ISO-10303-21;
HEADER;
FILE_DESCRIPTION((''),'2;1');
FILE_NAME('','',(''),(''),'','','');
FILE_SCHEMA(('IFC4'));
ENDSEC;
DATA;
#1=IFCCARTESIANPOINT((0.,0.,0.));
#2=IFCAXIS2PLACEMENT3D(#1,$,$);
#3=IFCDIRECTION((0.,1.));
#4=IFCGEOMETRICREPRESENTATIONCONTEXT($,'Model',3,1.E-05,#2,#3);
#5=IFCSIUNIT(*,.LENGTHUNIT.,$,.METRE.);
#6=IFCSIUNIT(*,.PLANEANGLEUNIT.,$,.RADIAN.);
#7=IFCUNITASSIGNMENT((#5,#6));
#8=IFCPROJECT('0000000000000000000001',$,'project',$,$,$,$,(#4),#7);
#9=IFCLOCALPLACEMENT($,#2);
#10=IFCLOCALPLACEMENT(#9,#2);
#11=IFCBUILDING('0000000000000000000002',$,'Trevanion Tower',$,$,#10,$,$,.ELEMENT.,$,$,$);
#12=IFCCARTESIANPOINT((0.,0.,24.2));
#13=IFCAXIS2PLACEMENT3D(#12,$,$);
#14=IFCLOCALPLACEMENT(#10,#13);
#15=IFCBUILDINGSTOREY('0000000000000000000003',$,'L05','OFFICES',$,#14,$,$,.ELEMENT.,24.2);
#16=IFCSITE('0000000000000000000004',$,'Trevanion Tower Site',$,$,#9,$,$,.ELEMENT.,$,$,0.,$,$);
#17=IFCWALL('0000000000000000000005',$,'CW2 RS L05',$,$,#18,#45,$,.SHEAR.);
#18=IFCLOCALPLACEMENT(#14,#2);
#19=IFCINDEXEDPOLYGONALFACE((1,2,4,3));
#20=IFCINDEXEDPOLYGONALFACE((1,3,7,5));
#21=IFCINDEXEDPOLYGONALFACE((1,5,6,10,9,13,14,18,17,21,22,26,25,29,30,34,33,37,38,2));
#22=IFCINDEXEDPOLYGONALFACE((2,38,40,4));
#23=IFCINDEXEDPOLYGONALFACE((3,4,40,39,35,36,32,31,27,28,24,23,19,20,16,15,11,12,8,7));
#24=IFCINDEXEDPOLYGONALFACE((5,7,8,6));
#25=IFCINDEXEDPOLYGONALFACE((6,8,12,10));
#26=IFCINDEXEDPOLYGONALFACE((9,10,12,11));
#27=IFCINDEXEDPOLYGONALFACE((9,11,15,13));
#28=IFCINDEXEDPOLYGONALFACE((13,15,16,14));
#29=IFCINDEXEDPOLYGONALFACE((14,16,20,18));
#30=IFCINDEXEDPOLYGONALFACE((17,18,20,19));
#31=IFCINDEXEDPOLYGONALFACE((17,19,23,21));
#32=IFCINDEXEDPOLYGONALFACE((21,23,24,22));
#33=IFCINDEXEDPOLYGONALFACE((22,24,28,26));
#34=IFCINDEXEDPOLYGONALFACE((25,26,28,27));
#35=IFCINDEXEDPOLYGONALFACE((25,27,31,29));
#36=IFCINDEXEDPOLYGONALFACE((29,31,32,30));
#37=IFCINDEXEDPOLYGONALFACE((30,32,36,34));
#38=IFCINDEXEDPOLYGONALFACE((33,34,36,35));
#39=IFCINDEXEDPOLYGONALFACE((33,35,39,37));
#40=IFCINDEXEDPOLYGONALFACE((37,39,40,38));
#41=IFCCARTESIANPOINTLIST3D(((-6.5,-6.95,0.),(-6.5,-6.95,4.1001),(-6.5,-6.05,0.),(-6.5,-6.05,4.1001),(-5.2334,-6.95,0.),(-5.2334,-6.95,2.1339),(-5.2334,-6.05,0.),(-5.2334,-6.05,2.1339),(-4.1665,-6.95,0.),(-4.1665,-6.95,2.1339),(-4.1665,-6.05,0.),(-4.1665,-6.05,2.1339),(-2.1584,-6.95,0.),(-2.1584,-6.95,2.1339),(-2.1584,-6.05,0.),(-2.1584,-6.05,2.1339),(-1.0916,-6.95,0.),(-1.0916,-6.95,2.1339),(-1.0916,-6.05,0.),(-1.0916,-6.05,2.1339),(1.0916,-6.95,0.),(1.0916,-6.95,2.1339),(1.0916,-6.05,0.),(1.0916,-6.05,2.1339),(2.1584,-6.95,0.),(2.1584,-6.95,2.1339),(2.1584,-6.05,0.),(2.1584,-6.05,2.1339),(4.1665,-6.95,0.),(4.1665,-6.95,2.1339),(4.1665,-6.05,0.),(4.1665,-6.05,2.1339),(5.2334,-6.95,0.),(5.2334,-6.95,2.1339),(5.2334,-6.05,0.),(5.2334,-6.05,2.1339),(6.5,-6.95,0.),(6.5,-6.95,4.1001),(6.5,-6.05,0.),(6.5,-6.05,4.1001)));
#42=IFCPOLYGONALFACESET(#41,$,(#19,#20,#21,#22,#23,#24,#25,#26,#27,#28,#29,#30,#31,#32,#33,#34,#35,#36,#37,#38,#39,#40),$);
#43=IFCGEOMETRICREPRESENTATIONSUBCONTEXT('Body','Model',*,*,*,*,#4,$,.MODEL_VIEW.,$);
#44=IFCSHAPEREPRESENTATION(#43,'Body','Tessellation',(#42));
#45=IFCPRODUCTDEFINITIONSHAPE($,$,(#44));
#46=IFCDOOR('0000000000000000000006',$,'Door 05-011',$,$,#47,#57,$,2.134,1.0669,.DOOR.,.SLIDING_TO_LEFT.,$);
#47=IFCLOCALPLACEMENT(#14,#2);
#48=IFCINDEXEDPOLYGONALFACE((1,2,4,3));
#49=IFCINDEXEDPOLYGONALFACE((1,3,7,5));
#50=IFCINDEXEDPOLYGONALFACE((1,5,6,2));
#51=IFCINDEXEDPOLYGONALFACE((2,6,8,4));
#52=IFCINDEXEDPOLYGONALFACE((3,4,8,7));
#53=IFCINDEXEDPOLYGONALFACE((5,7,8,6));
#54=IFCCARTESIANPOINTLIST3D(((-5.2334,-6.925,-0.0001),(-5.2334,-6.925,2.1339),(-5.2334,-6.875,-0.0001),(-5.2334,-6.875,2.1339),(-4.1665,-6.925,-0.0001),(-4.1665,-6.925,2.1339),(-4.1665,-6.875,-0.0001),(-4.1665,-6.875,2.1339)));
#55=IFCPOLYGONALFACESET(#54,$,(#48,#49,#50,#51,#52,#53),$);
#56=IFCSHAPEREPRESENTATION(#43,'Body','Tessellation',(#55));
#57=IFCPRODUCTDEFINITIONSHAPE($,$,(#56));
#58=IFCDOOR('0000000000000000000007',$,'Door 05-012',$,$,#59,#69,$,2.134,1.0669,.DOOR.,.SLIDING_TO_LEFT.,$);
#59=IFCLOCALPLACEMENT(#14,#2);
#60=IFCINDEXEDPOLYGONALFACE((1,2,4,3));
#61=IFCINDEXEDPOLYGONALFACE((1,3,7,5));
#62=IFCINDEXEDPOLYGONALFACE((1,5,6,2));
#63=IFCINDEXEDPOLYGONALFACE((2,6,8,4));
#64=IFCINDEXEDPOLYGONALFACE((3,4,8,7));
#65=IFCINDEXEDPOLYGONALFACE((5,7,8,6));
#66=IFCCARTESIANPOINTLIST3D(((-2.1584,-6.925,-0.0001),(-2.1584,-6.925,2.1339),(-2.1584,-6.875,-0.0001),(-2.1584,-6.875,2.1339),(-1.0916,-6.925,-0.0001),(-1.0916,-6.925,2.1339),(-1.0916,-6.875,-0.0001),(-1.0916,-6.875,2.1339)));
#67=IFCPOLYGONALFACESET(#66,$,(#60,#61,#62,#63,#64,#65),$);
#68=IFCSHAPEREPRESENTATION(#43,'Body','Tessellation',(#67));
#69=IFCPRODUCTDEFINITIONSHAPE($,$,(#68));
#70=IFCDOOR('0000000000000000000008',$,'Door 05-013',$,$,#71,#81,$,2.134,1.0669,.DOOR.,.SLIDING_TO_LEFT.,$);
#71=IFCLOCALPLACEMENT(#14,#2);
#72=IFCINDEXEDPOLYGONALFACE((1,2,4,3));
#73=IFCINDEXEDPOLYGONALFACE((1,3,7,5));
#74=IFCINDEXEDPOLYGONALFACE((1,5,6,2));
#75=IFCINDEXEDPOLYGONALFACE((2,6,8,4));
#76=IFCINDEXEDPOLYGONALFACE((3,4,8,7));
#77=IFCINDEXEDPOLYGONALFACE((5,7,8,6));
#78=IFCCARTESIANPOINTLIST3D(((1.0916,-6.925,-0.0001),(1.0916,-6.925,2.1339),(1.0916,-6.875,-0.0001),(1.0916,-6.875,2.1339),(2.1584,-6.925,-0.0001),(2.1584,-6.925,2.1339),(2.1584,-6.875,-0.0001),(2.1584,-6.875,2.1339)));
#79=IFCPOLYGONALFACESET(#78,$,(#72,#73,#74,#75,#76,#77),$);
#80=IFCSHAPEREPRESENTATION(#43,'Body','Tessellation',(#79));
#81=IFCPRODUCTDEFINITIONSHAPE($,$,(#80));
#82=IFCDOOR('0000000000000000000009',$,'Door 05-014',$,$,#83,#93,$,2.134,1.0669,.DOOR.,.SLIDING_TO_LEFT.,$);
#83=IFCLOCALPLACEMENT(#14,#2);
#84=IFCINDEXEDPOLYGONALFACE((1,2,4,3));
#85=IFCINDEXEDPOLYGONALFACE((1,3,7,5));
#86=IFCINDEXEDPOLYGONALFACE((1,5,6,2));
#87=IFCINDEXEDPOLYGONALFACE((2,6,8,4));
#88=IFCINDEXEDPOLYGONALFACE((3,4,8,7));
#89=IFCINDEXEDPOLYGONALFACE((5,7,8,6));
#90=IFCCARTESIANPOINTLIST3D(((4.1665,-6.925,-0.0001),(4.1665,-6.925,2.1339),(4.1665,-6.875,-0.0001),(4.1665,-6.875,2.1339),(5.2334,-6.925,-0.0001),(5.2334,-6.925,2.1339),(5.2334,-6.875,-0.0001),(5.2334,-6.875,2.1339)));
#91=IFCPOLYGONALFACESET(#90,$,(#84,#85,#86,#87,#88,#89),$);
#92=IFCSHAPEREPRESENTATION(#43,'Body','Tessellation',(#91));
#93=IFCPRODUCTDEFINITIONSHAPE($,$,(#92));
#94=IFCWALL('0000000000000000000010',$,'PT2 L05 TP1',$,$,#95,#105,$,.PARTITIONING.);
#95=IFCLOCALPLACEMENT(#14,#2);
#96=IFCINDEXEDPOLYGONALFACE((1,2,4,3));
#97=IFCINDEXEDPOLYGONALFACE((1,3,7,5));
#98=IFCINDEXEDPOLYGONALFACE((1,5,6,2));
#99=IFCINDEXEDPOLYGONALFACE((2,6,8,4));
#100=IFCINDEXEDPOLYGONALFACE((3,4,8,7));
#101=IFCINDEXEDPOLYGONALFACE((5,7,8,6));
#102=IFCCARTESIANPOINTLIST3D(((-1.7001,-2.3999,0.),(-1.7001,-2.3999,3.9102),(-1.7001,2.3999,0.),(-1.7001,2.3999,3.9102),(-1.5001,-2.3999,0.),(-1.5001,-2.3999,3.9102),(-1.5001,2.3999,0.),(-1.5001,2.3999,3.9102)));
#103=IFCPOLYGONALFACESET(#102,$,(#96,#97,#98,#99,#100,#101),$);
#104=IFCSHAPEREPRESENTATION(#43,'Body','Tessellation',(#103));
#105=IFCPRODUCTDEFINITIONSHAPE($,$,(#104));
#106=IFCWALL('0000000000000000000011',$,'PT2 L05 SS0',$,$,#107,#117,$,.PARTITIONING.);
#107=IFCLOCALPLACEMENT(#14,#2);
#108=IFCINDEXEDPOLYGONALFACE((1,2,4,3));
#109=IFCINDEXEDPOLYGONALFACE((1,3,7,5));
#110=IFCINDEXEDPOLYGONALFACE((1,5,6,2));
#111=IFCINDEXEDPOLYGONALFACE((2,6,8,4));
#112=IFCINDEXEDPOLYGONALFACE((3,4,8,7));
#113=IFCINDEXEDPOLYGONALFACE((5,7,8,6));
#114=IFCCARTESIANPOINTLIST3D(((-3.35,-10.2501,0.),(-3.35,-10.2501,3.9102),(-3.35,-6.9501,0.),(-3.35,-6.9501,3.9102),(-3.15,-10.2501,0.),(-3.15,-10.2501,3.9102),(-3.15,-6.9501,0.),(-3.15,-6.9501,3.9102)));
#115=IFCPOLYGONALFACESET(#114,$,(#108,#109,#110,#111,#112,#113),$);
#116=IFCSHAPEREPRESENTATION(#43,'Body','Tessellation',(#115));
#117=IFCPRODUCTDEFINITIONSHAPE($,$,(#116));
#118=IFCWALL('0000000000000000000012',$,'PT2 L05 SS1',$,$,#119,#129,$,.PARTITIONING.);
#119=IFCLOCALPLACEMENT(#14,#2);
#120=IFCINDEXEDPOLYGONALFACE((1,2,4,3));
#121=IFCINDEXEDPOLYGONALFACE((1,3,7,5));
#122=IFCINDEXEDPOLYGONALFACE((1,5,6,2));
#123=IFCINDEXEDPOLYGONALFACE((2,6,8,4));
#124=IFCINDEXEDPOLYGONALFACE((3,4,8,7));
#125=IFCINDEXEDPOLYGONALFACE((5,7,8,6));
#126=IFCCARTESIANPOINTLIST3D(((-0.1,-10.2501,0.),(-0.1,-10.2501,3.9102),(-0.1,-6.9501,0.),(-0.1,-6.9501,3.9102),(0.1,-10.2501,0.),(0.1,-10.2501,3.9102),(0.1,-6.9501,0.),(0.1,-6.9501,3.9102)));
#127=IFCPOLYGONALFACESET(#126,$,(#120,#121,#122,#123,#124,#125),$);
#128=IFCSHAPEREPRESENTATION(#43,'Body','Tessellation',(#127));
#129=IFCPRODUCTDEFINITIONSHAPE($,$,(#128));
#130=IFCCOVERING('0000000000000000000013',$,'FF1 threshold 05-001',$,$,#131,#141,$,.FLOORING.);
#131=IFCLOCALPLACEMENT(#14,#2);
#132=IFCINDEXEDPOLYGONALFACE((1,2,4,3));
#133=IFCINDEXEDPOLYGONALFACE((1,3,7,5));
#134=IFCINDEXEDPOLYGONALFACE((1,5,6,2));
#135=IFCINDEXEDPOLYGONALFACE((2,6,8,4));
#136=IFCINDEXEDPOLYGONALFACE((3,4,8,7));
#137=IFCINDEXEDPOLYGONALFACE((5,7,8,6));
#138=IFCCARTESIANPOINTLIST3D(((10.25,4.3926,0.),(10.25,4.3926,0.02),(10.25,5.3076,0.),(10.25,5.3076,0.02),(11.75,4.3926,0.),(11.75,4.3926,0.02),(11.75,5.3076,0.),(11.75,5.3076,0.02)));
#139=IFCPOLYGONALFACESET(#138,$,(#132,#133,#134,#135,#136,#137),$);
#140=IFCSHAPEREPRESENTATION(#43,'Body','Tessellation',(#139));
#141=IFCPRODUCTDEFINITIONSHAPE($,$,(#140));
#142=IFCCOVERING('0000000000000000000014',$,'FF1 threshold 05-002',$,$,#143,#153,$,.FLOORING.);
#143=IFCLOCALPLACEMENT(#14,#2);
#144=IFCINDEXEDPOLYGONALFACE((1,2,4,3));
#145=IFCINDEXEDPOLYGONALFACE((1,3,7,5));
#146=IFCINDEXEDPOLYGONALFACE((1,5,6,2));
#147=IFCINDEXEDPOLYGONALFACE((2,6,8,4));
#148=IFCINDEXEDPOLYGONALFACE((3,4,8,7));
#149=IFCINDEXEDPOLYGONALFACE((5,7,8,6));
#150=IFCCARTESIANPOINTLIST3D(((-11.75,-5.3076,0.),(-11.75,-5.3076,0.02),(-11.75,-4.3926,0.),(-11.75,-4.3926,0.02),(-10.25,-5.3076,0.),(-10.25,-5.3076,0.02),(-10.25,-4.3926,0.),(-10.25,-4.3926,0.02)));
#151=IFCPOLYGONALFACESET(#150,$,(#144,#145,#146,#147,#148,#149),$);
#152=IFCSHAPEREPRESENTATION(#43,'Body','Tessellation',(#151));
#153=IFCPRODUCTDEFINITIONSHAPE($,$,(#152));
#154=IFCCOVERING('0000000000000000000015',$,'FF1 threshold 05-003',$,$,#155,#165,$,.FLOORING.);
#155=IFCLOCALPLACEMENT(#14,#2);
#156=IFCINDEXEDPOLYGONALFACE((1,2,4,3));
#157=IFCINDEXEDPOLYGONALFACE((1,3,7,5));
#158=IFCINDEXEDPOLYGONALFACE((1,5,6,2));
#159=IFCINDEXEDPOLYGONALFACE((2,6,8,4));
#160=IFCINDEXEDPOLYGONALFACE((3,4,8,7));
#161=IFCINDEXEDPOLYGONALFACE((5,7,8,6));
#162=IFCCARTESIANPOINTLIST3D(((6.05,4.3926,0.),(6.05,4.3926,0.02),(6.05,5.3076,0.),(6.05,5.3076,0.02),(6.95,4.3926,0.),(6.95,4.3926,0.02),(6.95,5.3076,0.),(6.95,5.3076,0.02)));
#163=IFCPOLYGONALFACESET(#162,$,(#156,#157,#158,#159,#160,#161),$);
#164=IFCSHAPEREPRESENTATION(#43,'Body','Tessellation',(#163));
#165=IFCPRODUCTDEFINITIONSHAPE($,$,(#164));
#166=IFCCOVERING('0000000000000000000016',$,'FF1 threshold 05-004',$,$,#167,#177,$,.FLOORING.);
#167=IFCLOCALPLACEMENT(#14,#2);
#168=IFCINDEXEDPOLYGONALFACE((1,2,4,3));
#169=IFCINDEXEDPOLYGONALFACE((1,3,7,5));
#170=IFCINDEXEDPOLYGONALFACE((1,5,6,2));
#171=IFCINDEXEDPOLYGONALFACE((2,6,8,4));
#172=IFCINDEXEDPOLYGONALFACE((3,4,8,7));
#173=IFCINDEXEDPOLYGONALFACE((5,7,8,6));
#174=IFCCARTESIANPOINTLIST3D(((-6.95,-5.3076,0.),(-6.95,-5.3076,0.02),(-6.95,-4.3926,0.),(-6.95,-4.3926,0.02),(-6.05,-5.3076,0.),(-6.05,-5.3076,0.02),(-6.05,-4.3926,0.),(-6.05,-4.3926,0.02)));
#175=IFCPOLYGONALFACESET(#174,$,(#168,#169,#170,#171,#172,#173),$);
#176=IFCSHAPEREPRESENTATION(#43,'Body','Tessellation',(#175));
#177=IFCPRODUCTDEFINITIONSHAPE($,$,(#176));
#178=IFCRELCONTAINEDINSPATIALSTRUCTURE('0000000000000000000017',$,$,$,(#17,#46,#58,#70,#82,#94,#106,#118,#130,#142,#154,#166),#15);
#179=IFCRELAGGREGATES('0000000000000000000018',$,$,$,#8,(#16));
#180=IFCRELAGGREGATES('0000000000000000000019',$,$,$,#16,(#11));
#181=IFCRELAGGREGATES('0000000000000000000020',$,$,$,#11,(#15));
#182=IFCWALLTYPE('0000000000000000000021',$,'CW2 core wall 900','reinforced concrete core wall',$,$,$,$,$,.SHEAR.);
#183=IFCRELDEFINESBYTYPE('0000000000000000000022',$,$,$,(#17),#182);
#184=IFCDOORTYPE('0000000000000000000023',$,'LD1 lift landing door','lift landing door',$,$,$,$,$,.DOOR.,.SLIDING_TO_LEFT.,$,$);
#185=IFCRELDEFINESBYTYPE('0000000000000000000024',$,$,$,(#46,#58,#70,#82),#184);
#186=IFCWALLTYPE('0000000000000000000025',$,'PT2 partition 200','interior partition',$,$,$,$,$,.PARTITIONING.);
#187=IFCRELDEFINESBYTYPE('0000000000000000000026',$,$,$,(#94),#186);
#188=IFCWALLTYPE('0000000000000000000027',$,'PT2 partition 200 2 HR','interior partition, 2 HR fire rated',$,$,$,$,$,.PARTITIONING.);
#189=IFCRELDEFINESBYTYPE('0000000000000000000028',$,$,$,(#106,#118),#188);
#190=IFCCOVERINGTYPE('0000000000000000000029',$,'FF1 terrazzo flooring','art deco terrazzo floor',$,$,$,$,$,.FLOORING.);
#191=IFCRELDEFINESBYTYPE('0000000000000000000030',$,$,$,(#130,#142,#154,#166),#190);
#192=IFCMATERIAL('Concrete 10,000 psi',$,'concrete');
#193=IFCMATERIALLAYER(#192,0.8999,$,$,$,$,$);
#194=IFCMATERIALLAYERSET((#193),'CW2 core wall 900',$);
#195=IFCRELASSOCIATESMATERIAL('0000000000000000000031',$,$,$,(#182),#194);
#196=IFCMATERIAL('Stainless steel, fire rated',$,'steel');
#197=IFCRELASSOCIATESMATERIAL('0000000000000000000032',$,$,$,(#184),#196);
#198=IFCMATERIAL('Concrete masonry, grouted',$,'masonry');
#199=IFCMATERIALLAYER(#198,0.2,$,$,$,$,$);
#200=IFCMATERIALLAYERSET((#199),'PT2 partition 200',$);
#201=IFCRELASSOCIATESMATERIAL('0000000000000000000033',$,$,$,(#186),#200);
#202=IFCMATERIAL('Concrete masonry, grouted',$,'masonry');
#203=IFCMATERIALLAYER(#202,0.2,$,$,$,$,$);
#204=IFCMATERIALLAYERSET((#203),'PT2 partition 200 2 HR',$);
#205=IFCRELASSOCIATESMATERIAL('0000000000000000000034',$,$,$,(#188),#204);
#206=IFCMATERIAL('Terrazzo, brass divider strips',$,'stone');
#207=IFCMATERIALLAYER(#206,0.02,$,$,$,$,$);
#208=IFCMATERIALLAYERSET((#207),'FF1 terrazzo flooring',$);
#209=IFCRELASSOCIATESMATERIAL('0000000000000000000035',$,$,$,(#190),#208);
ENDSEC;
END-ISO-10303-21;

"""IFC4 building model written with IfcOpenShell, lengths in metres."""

from ifc_helpers import new_model, si_unit, direction, frame, frame_2d, origin, place, context, subcontext, project, spatial, polyline, rectangle, outline, extrude, material, layer, layer_set, type_object, element, fill, save


model = new_model("IFC4")

# Units and contexts
model_context = context("Model", 3, precision=1e-05, world=origin(), true_north=direction((0.0, 1.0)))
body_context = subcontext(model_context, "Body", "Model", "MODEL_VIEW")
ifc_project = project(units=[si_unit("LENGTHUNIT", "METRE"), si_unit("PLANEANGLEUNIT", "RADIAN")], contexts=[model_context])

# Site, building, storey
site_placement = place(None, origin())
site = spatial("IfcSite", under=ifc_project, at=site_placement, Name="Trevanion Tower Site", CompositionType="ELEMENT", RefElevation=0.0)
building_placement = place(site_placement, origin())
building = spatial("IfcBuilding", under=site, at=building_placement, Name="Trevanion Tower", CompositionType="ELEMENT")
storey_placement = place(building_placement, frame((0.0, 0.0, 24.2)))
storey = spatial("IfcBuildingStorey", under=building, at=storey_placement, Name="L05", Description="OFFICES", CompositionType="ELEMENT", Elevation=24.2)

# Shared definitions
ifc_material_1 = material(Name="Concrete 10,000 psi", Category="concrete")
ifc_layer_1 = layer(ifc_material_1, 0.8999)
ifc_layer_set_1 = layer_set([ifc_layer_1], Name="CW2 core wall 900")
wall_type_1 = type_object("IfcWallType", Name="CW2 core wall 900", Description="reinforced concrete core wall", PredefinedType="SHEAR", material=ifc_layer_set_1)

# Wall, openings, doors
wall_1_placement = place(storey_placement, frame((-6.5, -6.5, 0.0), z_axis=(0.0, 0.0, 1.0), x_axis=(1.0, 0.0, 0.0)))
wall_1 = element("IfcWall", 1, at=wall_1_placement, inside=storey, type_object=wall_type_1, Name="CW2 RS L05", PredefinedType="SHEAR", context=body_context, shape_type="SweptSolid", body=[
    extrude(rectangle(XDim=13.0, YDim=0.8999, at=frame_2d((6.5, 0.0))), origin(), (0.0, 0.0, 1.0), 4.1001),
])
opening_1_placement = place(wall_1_placement, frame((1.2666, 0.0, 0.0)))
opening_1 = element("IfcOpeningElement", 2, at=opening_1_placement, cuts=wall_1, PredefinedType="OPENING", context=body_context, shape_type="SweptSolid", body=[
    extrude(rectangle(XDim=1.0669, YDim=2.134, at=frame_2d((0.5334, 1.0669))), frame((0.0, 0.46, 0.0), z_axis=(0.0, -1.0, 0.0), x_axis=(1.0, 0.0, 0.0)), (0.0, 0.0, 1.0), 0.9199),
])
opening_2_placement = place(wall_1_placement, frame((4.3416, 0.0, 0.0)))
opening_2 = element("IfcOpeningElement", 3, at=opening_2_placement, cuts=wall_1, PredefinedType="OPENING", context=body_context, shape_type="SweptSolid", body=[
    extrude(rectangle(XDim=1.0669, YDim=2.134, at=frame_2d((0.5334, 1.0669))), frame((0.0, 0.46, 0.0), z_axis=(0.0, -1.0, 0.0), x_axis=(1.0, 0.0, 0.0)), (0.0, 0.0, 1.0), 0.9199),
])
opening_3_placement = place(wall_1_placement, frame((7.5916, 0.0, 0.0)))
opening_3 = element("IfcOpeningElement", 4, at=opening_3_placement, cuts=wall_1, PredefinedType="OPENING", context=body_context, shape_type="SweptSolid", body=[
    extrude(rectangle(XDim=1.0669, YDim=2.134, at=frame_2d((0.5334, 1.0669))), frame((0.0, 0.46, 0.0), z_axis=(0.0, -1.0, 0.0), x_axis=(1.0, 0.0, 0.0)), (0.0, 0.0, 1.0), 0.9199),
])
opening_4_placement = place(wall_1_placement, frame((10.6665, 0.0, 0.0)))
opening_4 = element("IfcOpeningElement", 5, at=opening_4_placement, cuts=wall_1, PredefinedType="OPENING", context=body_context, shape_type="SweptSolid", body=[
    extrude(rectangle(XDim=1.0669, YDim=2.134, at=frame_2d((0.5334, 1.0669))), frame((0.0, 0.46, 0.0), z_axis=(0.0, -1.0, 0.0), x_axis=(1.0, 0.0, 0.0)), (0.0, 0.0, 1.0), 0.9199),
])
ifc_material_2 = material(Name="Stainless steel, fire rated", Category="steel")
door_type = type_object("IfcDoorType", Name="LD1 lift landing door", Description="lift landing door", OperationType="SLIDING_TO_LEFT", PredefinedType="DOOR", material=ifc_material_2)
door_1_placement = place(opening_1_placement, origin())
door_1 = element("IfcDoor", 6, at=door_1_placement, inside=storey, type_object=door_type, Name="Door 05-011", OperationType="SLIDING_TO_LEFT", OverallHeight=2.134, OverallWidth=1.0669, PredefinedType="DOOR", context=body_context, shape_type="SweptSolid", body=[
    extrude(rectangle(XDim=1.0669, YDim=2.134, at=frame_2d((0.5334, 1.0669))), frame((0.0, -0.375, 0.0), z_axis=(0.0, -1.0, 0.0), x_axis=(1.0, 0.0, 0.0)), (0.0, 0.0, 1.0), 0.05),
])
fill(opening_1, door_1)
door_2_placement = place(opening_2_placement, origin())
door_2 = element("IfcDoor", 7, at=door_2_placement, inside=storey, type_object=door_type, Name="Door 05-012", OperationType="SLIDING_TO_LEFT", OverallHeight=2.134, OverallWidth=1.0669, PredefinedType="DOOR", context=body_context, shape_type="SweptSolid", body=[
    extrude(rectangle(XDim=1.0669, YDim=2.134, at=frame_2d((0.5334, 1.0669))), frame((0.0, -0.375, 0.0), z_axis=(0.0, -1.0, 0.0), x_axis=(1.0, 0.0, 0.0)), (0.0, 0.0, 1.0), 0.05),
])
fill(opening_2, door_2)
door_3_placement = place(opening_3_placement, origin())
door_3 = element("IfcDoor", 8, at=door_3_placement, inside=storey, type_object=door_type, Name="Door 05-013", OperationType="SLIDING_TO_LEFT", OverallHeight=2.134, OverallWidth=1.0669, PredefinedType="DOOR", context=body_context, shape_type="SweptSolid", body=[
    extrude(rectangle(XDim=1.0669, YDim=2.134, at=frame_2d((0.5334, 1.0669))), frame((0.0, -0.375, 0.0), z_axis=(0.0, -1.0, 0.0), x_axis=(1.0, 0.0, 0.0)), (0.0, 0.0, 1.0), 0.05),
])
fill(opening_3, door_3)
door_4_placement = place(opening_4_placement, origin())
door_4 = element("IfcDoor", 9, at=door_4_placement, inside=storey, type_object=door_type, Name="Door 05-014", OperationType="SLIDING_TO_LEFT", OverallHeight=2.134, OverallWidth=1.0669, PredefinedType="DOOR", context=body_context, shape_type="SweptSolid", body=[
    extrude(rectangle(XDim=1.0669, YDim=2.134, at=frame_2d((0.5334, 1.0669))), frame((0.0, -0.375, 0.0), z_axis=(0.0, -1.0, 0.0), x_axis=(1.0, 0.0, 0.0)), (0.0, 0.0, 1.0), 0.05),
])
fill(opening_4, door_4)

# Walls
ifc_material_3 = material(Name="Concrete masonry, grouted", Category="masonry")
ifc_layer_2 = layer(ifc_material_3, 0.2)
ifc_layer_set_2 = layer_set([ifc_layer_2], Name="PT2 partition 200")
wall_type_2 = type_object("IfcWallType", Name="PT2 partition 200", Description="interior partition", PredefinedType="PARTITIONING", material=ifc_layer_set_2)
wall_2_placement = place(storey_placement, frame((-1.6001, -2.3999, 0.0), z_axis=(0.0, 0.0, 1.0), x_axis=(0.0, 1.0, 0.0)))
element("IfcWall", 10, at=wall_2_placement, inside=storey, type_object=wall_type_2, Name="PT2 L05 TP1", PredefinedType="PARTITIONING", context=body_context, shape_type="SweptSolid", body=[
    extrude(rectangle(XDim=4.7998, YDim=0.2, at=frame_2d((2.3999, 0.0))), origin(), (0.0, 0.0, 1.0), 3.9102),
])
ifc_material_4 = material(Name="Concrete masonry, grouted", Category="masonry")
ifc_layer_3 = layer(ifc_material_4, 0.2)
ifc_layer_set_3 = layer_set([ifc_layer_3], Name="PT2 partition 200 2 HR")
wall_type_3 = type_object("IfcWallType", Name="PT2 partition 200 2 HR", Description="interior partition, 2 HR fire rated", PredefinedType="PARTITIONING", material=ifc_layer_set_3)
for number, where, z_axis, x_axis, name in (
    (11, (-3.25, -10.25, 0.0), (0.0, 0.0, 1.0), (0.0, 1.0, 0.0), "PT2 L05 SS0"),
    (12, (0.0, -10.25, 0.0), (0.0, 0.0, 1.0), (0.0, 1.0, 0.0), "PT2 L05 SS1"),
):
    element("IfcWall", number, at=place(storey_placement, frame(where, z_axis=z_axis, x_axis=x_axis)), inside=storey, type_object=wall_type_3, Name=name, PredefinedType="PARTITIONING", context=body_context, shape_type="SweptSolid", body=[
        extrude(rectangle(XDim=3.3, YDim=0.2, at=frame_2d((1.6499, 0.0))), origin(), (0.0, 0.0, 1.0), 3.9102),
    ])

# Coverings
ifc_material_5 = material(Name="Terrazzo, brass divider strips", Category="stone")
ifc_layer_4 = layer(ifc_material_5, 0.02)
ifc_layer_set_4 = layer_set([ifc_layer_4], Name="FF1 terrazzo flooring")
covering_type = type_object("IfcCoveringType", Name="FF1 terrazzo flooring", Description="art deco terrazzo floor", PredefinedType="FLOORING", material=ifc_layer_set_4)
covering_1_placement = place(storey_placement, origin())
element("IfcCovering", 13, at=covering_1_placement, inside=storey, type_object=covering_type, Name="FF1 threshold 05-001", PredefinedType="FLOORING", context=body_context, shape_type="SweptSolid", body=[
    extrude(outline(polyline([(11.75, 4.3926), (11.75, 5.3076), (10.25, 5.3076), (10.25, 4.3926), (11.75, 4.3926)])), origin(), (0.0, 0.0, 1.0), 0.02),
])
covering_2_placement = place(storey_placement, origin())
element("IfcCovering", 14, at=covering_2_placement, inside=storey, type_object=covering_type, Name="FF1 threshold 05-002", PredefinedType="FLOORING", context=body_context, shape_type="SweptSolid", body=[
    extrude(outline(polyline([(-11.75, -4.3926), (-11.75, -5.3076), (-10.25, -5.3076), (-10.25, -4.3926), (-11.75, -4.3926)])), origin(), (0.0, 0.0, 1.0), 0.02),
])
covering_3_placement = place(storey_placement, origin())
element("IfcCovering", 15, at=covering_3_placement, inside=storey, type_object=covering_type, Name="FF1 threshold 05-003", PredefinedType="FLOORING", context=body_context, shape_type="SweptSolid", body=[
    extrude(outline(polyline([(6.95, 4.3926), (6.95, 5.3076), (6.05, 5.3076), (6.05, 4.3926), (6.95, 4.3926)])), origin(), (0.0, 0.0, 1.0), 0.02),
])
covering_4_placement = place(storey_placement, origin())
element("IfcCovering", 16, at=covering_4_placement, inside=storey, type_object=covering_type, Name="FF1 threshold 05-004", PredefinedType="FLOORING", context=body_context, shape_type="SweptSolid", body=[
    extrude(outline(polyline([(-6.95, -4.3926), (-6.95, -5.3076), (-6.05, -5.3076), (-6.05, -4.3926), (-6.95, -4.3926)])), origin(), (0.0, 0.0, 1.0), 0.02),
])

save(model, "model.ifc")
